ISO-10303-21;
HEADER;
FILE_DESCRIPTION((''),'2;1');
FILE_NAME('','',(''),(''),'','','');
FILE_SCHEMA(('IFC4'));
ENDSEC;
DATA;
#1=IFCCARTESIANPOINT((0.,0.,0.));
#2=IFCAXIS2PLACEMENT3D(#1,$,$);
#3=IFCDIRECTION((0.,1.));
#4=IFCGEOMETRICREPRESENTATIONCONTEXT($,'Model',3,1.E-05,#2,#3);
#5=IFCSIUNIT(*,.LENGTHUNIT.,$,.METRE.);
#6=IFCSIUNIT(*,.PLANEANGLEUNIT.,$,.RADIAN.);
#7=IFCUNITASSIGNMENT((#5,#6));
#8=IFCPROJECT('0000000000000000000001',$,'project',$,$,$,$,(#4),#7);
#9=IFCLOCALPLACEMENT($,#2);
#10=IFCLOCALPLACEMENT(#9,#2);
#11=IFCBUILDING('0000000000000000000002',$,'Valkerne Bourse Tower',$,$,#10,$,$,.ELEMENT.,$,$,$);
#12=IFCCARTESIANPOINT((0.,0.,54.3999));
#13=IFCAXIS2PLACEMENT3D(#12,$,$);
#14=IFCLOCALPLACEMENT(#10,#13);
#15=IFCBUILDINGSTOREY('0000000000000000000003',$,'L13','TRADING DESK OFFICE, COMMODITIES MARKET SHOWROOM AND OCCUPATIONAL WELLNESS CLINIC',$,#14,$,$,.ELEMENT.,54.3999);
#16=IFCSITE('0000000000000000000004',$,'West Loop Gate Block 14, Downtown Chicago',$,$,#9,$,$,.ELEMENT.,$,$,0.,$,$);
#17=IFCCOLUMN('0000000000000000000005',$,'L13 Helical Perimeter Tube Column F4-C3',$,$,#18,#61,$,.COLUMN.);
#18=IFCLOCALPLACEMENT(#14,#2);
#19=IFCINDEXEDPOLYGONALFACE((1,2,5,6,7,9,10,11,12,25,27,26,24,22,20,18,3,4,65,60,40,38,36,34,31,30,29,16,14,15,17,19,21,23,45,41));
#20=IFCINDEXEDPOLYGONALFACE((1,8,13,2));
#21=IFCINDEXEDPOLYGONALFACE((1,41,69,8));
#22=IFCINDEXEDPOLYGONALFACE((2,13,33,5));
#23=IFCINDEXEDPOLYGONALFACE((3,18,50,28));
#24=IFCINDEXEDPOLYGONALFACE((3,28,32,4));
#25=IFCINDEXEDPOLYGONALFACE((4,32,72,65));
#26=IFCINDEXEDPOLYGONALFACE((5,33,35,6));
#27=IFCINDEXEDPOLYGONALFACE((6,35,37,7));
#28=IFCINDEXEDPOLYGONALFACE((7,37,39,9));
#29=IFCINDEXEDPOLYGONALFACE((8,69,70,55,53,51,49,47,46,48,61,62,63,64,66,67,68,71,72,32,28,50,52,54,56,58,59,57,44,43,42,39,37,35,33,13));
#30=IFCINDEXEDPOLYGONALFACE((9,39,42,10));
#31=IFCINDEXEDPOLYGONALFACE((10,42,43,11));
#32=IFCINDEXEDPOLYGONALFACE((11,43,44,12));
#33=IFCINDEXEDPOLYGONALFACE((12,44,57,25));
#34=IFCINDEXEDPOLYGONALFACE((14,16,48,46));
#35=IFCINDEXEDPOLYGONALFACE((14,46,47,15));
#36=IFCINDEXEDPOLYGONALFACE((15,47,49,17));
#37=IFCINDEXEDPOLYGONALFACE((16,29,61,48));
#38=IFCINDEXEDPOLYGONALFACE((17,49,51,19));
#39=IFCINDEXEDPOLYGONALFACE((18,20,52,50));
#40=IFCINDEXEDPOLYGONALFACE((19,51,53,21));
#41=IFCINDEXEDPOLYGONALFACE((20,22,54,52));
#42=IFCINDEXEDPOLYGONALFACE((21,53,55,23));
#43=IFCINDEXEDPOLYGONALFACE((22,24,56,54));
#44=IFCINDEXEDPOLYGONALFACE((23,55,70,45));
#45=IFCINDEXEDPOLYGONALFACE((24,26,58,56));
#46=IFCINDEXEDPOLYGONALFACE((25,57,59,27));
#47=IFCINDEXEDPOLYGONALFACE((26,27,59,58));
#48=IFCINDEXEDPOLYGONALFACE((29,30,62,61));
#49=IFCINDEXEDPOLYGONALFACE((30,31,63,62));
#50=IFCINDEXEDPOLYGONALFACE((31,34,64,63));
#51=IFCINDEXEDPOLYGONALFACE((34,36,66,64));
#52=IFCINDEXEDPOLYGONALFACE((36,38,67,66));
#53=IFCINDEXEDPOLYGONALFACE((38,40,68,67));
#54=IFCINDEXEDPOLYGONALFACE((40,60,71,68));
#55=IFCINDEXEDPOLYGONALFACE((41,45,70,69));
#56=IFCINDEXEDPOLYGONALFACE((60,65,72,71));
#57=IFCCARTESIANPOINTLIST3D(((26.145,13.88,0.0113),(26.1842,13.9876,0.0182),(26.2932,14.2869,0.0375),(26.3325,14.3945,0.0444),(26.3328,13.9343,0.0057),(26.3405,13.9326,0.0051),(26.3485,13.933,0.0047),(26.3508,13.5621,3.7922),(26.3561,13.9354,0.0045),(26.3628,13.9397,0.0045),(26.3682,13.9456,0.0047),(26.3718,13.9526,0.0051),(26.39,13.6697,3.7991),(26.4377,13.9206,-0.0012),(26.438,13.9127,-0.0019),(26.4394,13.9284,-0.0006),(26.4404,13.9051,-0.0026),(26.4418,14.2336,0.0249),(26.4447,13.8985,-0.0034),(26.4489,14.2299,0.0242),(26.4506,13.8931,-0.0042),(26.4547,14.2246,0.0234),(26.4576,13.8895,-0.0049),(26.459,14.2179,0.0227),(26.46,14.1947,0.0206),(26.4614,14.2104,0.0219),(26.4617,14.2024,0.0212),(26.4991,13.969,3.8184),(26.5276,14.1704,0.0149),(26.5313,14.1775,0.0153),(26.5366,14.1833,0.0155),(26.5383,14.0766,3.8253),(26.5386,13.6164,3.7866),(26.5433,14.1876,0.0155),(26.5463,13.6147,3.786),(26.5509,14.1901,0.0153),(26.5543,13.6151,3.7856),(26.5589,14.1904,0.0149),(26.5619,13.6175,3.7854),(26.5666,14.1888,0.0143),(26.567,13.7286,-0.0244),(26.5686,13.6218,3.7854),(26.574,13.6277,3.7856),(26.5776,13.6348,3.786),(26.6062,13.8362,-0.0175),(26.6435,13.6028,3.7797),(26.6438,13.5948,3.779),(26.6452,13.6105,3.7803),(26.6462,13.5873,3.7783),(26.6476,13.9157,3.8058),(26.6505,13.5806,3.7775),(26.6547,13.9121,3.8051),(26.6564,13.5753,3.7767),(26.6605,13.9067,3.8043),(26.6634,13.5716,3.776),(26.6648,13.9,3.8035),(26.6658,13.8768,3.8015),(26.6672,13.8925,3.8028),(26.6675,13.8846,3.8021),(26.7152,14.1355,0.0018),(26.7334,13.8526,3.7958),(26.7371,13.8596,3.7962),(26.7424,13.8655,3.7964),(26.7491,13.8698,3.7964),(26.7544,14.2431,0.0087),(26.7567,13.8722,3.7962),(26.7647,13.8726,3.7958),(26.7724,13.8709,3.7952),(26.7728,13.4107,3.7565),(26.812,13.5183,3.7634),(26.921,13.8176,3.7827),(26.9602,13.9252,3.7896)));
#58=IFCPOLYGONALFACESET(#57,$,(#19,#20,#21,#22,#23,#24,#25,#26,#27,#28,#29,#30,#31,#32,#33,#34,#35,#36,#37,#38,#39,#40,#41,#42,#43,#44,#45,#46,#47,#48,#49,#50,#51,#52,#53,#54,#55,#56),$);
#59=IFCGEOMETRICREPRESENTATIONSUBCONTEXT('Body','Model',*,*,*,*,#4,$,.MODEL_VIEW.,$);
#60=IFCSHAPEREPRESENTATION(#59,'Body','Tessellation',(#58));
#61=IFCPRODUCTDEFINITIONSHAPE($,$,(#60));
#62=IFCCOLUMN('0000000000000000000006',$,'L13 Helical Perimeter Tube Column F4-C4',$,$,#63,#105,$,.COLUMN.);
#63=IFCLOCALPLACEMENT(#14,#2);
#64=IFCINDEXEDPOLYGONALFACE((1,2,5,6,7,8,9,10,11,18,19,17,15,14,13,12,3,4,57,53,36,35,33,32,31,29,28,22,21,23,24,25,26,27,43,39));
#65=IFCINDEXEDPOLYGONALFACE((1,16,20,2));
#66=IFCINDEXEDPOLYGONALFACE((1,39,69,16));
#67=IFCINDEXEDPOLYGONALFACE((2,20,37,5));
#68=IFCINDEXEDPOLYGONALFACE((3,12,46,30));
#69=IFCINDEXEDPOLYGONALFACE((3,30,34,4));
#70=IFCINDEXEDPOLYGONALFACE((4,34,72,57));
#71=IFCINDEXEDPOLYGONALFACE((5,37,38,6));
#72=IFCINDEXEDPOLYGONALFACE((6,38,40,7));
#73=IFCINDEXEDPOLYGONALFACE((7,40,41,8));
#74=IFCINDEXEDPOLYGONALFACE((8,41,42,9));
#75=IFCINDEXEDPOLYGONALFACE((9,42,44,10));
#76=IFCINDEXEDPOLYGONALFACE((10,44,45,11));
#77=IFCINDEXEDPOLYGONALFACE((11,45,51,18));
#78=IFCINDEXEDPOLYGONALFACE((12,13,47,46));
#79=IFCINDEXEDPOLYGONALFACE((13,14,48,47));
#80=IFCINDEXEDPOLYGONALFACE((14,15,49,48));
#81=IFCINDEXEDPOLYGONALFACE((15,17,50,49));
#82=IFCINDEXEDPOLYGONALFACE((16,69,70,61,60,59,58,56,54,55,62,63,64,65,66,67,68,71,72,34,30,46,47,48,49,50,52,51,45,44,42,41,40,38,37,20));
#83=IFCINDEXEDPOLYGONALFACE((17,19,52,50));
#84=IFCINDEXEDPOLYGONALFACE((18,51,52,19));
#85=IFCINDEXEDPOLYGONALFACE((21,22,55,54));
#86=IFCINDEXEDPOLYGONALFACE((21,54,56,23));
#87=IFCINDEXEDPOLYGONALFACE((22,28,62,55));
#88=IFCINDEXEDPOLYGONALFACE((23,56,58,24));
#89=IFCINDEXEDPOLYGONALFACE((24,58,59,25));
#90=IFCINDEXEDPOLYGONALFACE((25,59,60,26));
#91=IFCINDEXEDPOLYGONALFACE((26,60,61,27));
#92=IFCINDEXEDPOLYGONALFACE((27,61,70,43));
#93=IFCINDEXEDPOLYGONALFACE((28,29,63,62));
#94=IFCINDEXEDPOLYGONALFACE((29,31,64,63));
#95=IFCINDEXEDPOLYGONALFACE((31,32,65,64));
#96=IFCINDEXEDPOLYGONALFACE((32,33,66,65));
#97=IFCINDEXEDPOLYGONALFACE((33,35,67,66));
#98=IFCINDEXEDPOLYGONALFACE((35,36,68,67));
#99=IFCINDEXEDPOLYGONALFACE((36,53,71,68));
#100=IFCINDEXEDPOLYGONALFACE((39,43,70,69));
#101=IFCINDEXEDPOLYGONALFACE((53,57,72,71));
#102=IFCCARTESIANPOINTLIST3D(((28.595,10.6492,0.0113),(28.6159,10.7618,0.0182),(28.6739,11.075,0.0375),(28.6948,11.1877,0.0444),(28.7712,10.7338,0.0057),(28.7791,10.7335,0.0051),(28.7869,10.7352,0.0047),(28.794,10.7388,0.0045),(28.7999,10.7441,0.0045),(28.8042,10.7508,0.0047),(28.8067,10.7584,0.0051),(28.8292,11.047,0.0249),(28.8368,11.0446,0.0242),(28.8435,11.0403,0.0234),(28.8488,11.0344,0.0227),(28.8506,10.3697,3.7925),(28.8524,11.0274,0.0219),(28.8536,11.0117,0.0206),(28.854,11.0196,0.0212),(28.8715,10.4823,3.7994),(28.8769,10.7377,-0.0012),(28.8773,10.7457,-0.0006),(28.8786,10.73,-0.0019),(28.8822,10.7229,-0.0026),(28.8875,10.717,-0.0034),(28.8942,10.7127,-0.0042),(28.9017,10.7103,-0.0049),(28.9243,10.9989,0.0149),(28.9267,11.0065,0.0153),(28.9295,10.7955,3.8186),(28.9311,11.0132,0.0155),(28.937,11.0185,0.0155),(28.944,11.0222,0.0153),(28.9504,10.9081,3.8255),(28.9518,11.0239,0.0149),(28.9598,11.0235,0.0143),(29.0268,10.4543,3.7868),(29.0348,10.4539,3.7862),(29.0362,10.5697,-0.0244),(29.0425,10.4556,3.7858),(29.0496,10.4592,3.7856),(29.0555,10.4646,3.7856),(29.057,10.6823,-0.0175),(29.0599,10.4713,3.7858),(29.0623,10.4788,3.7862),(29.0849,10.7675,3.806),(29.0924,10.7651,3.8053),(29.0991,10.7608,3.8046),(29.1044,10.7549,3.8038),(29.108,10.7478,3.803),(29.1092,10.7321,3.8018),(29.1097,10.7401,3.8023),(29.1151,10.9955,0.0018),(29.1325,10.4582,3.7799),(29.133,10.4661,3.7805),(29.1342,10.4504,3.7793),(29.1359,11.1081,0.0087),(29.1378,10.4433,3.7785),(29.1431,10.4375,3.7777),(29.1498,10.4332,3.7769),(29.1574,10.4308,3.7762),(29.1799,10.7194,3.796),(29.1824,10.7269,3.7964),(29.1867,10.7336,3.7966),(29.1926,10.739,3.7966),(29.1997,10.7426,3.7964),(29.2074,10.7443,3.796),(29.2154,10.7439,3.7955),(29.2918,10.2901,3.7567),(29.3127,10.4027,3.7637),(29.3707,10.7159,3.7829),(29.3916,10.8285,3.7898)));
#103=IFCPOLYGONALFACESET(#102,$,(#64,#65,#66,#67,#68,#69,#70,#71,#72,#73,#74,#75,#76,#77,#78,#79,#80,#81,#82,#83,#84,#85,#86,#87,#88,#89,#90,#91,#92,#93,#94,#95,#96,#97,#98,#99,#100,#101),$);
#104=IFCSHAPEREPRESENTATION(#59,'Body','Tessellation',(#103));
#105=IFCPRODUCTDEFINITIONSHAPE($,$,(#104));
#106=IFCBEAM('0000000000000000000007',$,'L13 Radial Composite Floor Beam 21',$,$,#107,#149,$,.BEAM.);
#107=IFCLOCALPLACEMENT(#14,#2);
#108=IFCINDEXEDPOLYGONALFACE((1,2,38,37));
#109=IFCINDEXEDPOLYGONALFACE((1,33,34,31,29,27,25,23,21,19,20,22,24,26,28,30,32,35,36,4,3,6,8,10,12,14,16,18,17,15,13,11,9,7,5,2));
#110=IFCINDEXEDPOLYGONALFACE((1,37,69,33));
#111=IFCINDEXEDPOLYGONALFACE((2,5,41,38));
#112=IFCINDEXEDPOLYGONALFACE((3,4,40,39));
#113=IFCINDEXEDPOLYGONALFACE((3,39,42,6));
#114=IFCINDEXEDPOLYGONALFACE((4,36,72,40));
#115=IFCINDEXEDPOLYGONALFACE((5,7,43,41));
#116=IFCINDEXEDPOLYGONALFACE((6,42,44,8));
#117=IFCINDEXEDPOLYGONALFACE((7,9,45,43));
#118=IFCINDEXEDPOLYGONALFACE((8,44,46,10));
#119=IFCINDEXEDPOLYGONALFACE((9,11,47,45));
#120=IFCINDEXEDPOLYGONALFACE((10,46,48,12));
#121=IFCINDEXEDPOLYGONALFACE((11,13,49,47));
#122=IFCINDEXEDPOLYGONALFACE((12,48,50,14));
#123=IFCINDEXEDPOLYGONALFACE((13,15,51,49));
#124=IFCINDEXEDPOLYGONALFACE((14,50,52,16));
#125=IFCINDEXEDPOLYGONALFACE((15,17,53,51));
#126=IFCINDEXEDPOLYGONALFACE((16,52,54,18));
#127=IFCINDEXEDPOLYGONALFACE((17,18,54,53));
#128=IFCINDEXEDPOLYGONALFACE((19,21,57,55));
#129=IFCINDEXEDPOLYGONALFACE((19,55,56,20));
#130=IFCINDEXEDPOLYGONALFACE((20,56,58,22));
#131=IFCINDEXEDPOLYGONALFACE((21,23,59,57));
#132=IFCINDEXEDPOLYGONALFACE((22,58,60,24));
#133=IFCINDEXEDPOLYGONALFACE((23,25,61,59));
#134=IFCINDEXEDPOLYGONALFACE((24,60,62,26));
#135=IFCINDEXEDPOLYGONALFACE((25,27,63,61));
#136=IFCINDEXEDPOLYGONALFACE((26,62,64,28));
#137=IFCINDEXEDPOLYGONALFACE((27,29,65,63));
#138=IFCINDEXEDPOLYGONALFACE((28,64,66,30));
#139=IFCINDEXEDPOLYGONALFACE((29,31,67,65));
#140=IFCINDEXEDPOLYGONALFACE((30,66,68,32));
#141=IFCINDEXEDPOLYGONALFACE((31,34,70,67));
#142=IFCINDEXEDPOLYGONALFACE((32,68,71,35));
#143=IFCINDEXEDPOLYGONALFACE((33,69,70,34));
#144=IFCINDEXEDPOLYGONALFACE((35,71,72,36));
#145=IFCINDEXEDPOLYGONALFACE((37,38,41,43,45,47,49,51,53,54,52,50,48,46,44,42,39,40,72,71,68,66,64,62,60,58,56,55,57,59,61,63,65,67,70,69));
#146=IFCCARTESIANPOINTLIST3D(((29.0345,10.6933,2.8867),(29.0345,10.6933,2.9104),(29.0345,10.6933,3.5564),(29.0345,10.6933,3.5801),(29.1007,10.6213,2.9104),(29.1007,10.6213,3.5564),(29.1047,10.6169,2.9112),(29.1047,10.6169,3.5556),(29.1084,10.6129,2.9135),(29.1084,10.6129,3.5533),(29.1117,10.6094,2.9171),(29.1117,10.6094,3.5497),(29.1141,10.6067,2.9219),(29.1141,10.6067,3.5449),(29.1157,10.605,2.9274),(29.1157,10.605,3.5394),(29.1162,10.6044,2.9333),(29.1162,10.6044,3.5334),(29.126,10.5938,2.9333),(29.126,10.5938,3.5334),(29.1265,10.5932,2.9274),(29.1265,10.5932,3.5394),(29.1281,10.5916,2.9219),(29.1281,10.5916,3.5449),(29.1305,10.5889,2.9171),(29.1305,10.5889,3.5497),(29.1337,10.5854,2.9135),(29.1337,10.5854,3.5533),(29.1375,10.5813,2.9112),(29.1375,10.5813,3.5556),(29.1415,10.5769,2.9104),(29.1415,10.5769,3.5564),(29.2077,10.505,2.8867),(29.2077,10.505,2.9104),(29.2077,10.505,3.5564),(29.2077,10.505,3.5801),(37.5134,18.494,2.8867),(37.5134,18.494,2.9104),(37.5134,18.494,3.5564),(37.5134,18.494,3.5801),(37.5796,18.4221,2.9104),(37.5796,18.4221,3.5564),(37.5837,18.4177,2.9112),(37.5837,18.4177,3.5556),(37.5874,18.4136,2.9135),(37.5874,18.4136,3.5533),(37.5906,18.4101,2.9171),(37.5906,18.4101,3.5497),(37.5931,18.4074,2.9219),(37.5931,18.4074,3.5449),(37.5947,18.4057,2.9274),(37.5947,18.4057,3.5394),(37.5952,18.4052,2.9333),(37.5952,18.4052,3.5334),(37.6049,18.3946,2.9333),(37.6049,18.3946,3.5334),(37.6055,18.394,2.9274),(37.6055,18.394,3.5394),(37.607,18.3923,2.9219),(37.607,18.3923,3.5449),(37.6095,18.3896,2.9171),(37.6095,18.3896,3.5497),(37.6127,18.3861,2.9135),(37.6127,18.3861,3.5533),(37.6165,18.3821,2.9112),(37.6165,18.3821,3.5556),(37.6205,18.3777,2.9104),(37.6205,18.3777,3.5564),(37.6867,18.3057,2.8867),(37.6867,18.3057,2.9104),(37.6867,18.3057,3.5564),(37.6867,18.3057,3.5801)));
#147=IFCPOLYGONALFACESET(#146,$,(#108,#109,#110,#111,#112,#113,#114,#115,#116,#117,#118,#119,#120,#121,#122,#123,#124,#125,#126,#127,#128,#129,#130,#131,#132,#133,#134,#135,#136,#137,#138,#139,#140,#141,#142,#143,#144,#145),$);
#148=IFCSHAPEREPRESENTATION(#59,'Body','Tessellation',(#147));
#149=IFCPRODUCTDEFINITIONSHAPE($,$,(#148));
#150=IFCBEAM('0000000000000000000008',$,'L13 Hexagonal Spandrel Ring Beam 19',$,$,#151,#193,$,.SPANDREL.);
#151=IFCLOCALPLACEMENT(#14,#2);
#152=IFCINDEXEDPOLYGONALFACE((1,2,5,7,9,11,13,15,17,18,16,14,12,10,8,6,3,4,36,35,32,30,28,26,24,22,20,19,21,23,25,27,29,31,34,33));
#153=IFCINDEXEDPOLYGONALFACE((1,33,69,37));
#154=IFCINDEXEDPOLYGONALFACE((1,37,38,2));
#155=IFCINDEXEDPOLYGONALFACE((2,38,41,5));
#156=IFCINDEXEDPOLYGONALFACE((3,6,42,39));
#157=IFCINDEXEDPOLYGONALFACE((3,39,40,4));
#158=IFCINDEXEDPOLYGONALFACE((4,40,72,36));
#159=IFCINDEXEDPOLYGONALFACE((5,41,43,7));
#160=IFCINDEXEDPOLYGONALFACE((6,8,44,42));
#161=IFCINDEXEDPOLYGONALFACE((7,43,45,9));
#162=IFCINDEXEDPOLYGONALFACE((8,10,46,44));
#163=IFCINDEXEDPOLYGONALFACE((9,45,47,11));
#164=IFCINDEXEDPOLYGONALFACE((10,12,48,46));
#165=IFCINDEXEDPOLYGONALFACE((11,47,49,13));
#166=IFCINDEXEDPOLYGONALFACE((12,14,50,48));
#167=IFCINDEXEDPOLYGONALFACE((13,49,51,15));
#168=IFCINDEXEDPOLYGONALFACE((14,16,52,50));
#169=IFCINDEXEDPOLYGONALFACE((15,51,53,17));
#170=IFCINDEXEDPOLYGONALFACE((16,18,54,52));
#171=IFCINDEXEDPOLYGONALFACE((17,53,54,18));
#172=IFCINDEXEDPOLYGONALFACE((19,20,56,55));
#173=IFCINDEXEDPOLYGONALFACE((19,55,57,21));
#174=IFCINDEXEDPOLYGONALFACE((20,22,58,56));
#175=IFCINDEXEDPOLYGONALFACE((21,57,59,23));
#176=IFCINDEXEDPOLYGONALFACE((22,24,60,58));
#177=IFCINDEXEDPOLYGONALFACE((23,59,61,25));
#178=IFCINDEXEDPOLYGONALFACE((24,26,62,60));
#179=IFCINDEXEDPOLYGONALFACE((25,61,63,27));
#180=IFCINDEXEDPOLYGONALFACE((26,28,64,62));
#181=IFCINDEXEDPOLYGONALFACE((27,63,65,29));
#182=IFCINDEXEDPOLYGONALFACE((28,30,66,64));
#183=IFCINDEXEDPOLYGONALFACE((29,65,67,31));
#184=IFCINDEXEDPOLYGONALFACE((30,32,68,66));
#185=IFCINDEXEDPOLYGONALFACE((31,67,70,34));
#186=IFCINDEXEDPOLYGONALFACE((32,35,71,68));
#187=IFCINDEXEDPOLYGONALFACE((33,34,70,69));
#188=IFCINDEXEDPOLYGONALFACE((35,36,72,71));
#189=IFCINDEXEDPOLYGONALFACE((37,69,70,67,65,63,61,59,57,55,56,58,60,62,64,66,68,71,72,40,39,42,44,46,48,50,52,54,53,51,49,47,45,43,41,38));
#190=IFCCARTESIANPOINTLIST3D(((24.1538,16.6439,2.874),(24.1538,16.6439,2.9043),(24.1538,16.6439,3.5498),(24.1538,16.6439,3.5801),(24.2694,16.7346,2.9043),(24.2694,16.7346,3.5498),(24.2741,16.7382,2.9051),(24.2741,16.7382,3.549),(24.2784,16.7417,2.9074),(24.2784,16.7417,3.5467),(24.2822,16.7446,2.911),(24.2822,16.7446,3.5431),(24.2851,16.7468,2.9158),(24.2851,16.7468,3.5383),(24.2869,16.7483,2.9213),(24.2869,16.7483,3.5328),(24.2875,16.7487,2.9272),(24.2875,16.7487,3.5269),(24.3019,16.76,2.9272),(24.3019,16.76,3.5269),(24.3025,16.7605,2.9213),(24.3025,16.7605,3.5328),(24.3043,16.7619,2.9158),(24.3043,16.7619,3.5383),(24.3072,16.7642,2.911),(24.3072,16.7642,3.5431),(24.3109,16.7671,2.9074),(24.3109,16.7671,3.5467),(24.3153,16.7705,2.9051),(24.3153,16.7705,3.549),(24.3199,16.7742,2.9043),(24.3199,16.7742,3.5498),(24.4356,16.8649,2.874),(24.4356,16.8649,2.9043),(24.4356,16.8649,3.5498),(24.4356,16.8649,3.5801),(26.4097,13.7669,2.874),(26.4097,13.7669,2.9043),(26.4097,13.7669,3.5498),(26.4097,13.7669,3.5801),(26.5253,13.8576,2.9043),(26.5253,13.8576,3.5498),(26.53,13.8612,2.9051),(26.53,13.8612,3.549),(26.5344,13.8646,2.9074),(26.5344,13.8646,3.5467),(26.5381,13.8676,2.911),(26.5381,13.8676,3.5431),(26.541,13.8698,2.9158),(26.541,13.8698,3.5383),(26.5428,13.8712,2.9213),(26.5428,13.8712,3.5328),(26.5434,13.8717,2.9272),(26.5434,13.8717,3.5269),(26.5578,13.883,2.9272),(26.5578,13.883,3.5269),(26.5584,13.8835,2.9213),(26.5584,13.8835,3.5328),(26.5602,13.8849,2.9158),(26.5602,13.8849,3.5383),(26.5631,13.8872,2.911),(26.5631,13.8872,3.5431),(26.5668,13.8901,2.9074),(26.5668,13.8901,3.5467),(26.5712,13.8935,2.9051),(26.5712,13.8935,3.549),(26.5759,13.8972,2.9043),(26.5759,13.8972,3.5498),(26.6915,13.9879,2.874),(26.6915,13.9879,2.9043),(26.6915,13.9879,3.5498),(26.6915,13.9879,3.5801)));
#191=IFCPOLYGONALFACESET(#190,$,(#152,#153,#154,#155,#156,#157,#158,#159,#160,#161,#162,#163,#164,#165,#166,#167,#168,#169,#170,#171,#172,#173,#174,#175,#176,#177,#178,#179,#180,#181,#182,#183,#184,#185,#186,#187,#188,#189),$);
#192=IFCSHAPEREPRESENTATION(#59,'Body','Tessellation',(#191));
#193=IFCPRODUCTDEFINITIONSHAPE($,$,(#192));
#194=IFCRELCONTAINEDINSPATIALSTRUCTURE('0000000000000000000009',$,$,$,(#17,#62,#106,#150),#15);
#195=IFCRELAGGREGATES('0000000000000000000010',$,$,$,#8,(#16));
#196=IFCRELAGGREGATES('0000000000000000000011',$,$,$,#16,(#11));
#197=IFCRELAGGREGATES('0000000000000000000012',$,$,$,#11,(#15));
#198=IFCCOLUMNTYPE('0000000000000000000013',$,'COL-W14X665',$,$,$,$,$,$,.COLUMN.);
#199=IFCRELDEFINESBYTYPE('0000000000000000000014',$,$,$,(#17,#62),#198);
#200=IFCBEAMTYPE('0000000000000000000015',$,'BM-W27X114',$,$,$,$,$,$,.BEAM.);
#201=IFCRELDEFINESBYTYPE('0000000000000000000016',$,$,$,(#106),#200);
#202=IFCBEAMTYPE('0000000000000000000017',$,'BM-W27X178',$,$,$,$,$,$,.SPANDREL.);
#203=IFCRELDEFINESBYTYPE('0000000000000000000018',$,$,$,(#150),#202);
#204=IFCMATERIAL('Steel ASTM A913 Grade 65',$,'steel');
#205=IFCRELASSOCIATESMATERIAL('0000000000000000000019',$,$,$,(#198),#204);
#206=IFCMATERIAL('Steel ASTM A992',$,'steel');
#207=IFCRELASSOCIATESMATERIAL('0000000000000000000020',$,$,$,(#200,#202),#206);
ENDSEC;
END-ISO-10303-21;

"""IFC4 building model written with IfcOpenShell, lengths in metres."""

from ifc_helpers import new_model, si_unit, direction, frame, origin, origin_2d, place, context, subcontext, project, spatial, i_section, extrude, material, material_profile, profile_set, type_object, element, save


model = new_model("IFC4")

# Units and contexts
model_context = context("Model", 3, precision=1e-05, world=origin(), true_north=direction((0.0, 1.0)))
body_context = subcontext(model_context, "Body", "Model", "MODEL_VIEW")
ifc_project = project(units=[si_unit("LENGTHUNIT", "METRE"), si_unit("PLANEANGLEUNIT", "RADIAN")], contexts=[model_context])

# Site, building, storey
site_placement = place(None, origin())
site = spatial("IfcSite", under=ifc_project, at=site_placement, Name="West Loop Gate Block 14, Downtown Chicago", CompositionType="ELEMENT", RefElevation=0.0)
building_placement = place(site_placement, origin())
building = spatial("IfcBuilding", under=site, at=building_placement, Name="Valkerne Bourse Tower", CompositionType="ELEMENT")
storey_placement = place(building_placement, frame((0.0, 0.0, 54.3999)))
storey = spatial("IfcBuildingStorey", under=building, at=storey_placement, Name="L13", Description="TRADING DESK OFFICE, COMMODITIES MARKET SHOWROOM AND OCCUPATIONAL WELLNESS CLINIC", CompositionType="ELEMENT", Elevation=54.3999)

# Columns
ifc_material_1 = material(Name="Steel ASTM A913 Grade 65", Category="steel")
ifc_material_profile_1 = material_profile(ifc_material_1, i_section(OverallWidth=0.4497, OverallDepth=0.5486, WebThickness=0.072, FlangeThickness=0.1147, FilletRadius=0.0305, at=origin_2d()), Name="W14X665")
ifc_profile_set_1 = profile_set([ifc_material_profile_1], Name="Steel ASTM A913 Grade 65")
column_type = type_object("IfcColumnType", Name="COL-W14X665", PredefinedType="COLUMN", material=ifc_profile_set_1)
column_1_placement = place(storey_placement, frame((26.4497, 14.0615, 0.01), z_axis=(0.054162, -0.083652, 0.995022), x_axis=(0.938262, -0.336696, -0.079378)))
element("IfcColumn", 1, at=column_1_placement, inside=storey, type_object=column_type, Name="L13 Helical Perimeter Tube Column F4-C3", PredefinedType="COLUMN", context=body_context, shape_type="SweptSolid", body=[
    extrude(i_section(OverallWidth=0.4497, OverallDepth=0.5486, WebThickness=0.072, FlangeThickness=0.1147, FilletRadius=0.0305, at=origin_2d()), origin(), (0.0, 0.0, 1.0), 3.7998),
])
column_2_placement = place(storey_placement, frame((28.8655, 10.8787, 0.01), z_axis=(0.067268, -0.073565, 0.995019), x_axis=(0.98102, -0.176902, -0.079401)))
element("IfcColumn", 2, at=column_2_placement, inside=storey, type_object=column_type, Name="L13 Helical Perimeter Tube Column F4-C4", PredefinedType="COLUMN", context=body_context, shape_type="SweptSolid", body=[
    extrude(i_section(OverallWidth=0.4497, OverallDepth=0.5486, WebThickness=0.072, FlangeThickness=0.1147, FilletRadius=0.0305, at=origin_2d()), origin(), (0.0, 0.0, 1.0), 3.8),
])

# Beams
ifc_material_2 = material(Name="Steel ASTM A992", Category="steel")
ifc_material_profile_2 = material_profile(ifc_material_2, i_section(OverallWidth=0.2559, OverallDepth=0.6934, WebThickness=0.0144, FlangeThickness=0.0237, FilletRadius=0.0229, at=origin_2d()), Name="W27X114")
ifc_profile_set_2 = profile_set([ifc_material_profile_2], Name="Steel ASTM A992")
beam_type_1 = type_object("IfcBeamType", Name="BM-W27X114", PredefinedType="BEAM", material=ifc_profile_set_2)
beam_1_placement = place(storey_placement, frame((29.1211, 10.5991, 3.2334), z_axis=(0.735927, 0.677061, 0.0), x_axis=(-0.677061, 0.735927, 0.0)))
element("IfcBeam", 3, at=beam_1_placement, inside=storey, type_object=beam_type_1, Name="L13 Radial Composite Floor Beam 21", PredefinedType="BEAM", context=body_context, shape_type="SweptSolid", body=[
    extrude(i_section(OverallWidth=0.2559, OverallDepth=0.6934, WebThickness=0.0144, FlangeThickness=0.0237, FilletRadius=0.0229, at=origin_2d()), origin(), (0.0, 0.0, 1.0), 11.5215),
])
ifc_material_profile_3 = material_profile(ifc_material_2, i_section(OverallWidth=0.3582, OverallDepth=0.7061, WebThickness=0.0183, FlangeThickness=0.0303, FilletRadius=0.0229, at=origin_2d()), Name="W27X178")
ifc_profile_set_3 = profile_set([ifc_material_profile_3], Name="Steel ASTM A992")
beam_type_2 = type_object("IfcBeamType", Name="BM-W27X178", PredefinedType="SPANDREL", material=ifc_profile_set_3)
for number, where, z_axis, x_axis, name in (
    (4, (24.2947, 16.7544, 3.2271), (0.617043, -0.78693, 0.0), (0.78693, 0.617043, 0.0), "L13 Hexagonal Spandrel Ring Beam 19"),
):
    element("IfcBeam", number, at=place(storey_placement, frame(where, z_axis=z_axis, x_axis=x_axis)), inside=storey, type_object=beam_type_2, Name=name, PredefinedType="SPANDREL", context=body_context, shape_type="SweptSolid", body=[
        extrude(i_section(OverallWidth=0.3582, OverallDepth=0.7061, WebThickness=0.0183, FlangeThickness=0.0303, FilletRadius=0.0229, at=origin_2d()), origin(), (0.0, 0.0, 1.0), 3.656),
    ])

save(model, "model.ifc")
